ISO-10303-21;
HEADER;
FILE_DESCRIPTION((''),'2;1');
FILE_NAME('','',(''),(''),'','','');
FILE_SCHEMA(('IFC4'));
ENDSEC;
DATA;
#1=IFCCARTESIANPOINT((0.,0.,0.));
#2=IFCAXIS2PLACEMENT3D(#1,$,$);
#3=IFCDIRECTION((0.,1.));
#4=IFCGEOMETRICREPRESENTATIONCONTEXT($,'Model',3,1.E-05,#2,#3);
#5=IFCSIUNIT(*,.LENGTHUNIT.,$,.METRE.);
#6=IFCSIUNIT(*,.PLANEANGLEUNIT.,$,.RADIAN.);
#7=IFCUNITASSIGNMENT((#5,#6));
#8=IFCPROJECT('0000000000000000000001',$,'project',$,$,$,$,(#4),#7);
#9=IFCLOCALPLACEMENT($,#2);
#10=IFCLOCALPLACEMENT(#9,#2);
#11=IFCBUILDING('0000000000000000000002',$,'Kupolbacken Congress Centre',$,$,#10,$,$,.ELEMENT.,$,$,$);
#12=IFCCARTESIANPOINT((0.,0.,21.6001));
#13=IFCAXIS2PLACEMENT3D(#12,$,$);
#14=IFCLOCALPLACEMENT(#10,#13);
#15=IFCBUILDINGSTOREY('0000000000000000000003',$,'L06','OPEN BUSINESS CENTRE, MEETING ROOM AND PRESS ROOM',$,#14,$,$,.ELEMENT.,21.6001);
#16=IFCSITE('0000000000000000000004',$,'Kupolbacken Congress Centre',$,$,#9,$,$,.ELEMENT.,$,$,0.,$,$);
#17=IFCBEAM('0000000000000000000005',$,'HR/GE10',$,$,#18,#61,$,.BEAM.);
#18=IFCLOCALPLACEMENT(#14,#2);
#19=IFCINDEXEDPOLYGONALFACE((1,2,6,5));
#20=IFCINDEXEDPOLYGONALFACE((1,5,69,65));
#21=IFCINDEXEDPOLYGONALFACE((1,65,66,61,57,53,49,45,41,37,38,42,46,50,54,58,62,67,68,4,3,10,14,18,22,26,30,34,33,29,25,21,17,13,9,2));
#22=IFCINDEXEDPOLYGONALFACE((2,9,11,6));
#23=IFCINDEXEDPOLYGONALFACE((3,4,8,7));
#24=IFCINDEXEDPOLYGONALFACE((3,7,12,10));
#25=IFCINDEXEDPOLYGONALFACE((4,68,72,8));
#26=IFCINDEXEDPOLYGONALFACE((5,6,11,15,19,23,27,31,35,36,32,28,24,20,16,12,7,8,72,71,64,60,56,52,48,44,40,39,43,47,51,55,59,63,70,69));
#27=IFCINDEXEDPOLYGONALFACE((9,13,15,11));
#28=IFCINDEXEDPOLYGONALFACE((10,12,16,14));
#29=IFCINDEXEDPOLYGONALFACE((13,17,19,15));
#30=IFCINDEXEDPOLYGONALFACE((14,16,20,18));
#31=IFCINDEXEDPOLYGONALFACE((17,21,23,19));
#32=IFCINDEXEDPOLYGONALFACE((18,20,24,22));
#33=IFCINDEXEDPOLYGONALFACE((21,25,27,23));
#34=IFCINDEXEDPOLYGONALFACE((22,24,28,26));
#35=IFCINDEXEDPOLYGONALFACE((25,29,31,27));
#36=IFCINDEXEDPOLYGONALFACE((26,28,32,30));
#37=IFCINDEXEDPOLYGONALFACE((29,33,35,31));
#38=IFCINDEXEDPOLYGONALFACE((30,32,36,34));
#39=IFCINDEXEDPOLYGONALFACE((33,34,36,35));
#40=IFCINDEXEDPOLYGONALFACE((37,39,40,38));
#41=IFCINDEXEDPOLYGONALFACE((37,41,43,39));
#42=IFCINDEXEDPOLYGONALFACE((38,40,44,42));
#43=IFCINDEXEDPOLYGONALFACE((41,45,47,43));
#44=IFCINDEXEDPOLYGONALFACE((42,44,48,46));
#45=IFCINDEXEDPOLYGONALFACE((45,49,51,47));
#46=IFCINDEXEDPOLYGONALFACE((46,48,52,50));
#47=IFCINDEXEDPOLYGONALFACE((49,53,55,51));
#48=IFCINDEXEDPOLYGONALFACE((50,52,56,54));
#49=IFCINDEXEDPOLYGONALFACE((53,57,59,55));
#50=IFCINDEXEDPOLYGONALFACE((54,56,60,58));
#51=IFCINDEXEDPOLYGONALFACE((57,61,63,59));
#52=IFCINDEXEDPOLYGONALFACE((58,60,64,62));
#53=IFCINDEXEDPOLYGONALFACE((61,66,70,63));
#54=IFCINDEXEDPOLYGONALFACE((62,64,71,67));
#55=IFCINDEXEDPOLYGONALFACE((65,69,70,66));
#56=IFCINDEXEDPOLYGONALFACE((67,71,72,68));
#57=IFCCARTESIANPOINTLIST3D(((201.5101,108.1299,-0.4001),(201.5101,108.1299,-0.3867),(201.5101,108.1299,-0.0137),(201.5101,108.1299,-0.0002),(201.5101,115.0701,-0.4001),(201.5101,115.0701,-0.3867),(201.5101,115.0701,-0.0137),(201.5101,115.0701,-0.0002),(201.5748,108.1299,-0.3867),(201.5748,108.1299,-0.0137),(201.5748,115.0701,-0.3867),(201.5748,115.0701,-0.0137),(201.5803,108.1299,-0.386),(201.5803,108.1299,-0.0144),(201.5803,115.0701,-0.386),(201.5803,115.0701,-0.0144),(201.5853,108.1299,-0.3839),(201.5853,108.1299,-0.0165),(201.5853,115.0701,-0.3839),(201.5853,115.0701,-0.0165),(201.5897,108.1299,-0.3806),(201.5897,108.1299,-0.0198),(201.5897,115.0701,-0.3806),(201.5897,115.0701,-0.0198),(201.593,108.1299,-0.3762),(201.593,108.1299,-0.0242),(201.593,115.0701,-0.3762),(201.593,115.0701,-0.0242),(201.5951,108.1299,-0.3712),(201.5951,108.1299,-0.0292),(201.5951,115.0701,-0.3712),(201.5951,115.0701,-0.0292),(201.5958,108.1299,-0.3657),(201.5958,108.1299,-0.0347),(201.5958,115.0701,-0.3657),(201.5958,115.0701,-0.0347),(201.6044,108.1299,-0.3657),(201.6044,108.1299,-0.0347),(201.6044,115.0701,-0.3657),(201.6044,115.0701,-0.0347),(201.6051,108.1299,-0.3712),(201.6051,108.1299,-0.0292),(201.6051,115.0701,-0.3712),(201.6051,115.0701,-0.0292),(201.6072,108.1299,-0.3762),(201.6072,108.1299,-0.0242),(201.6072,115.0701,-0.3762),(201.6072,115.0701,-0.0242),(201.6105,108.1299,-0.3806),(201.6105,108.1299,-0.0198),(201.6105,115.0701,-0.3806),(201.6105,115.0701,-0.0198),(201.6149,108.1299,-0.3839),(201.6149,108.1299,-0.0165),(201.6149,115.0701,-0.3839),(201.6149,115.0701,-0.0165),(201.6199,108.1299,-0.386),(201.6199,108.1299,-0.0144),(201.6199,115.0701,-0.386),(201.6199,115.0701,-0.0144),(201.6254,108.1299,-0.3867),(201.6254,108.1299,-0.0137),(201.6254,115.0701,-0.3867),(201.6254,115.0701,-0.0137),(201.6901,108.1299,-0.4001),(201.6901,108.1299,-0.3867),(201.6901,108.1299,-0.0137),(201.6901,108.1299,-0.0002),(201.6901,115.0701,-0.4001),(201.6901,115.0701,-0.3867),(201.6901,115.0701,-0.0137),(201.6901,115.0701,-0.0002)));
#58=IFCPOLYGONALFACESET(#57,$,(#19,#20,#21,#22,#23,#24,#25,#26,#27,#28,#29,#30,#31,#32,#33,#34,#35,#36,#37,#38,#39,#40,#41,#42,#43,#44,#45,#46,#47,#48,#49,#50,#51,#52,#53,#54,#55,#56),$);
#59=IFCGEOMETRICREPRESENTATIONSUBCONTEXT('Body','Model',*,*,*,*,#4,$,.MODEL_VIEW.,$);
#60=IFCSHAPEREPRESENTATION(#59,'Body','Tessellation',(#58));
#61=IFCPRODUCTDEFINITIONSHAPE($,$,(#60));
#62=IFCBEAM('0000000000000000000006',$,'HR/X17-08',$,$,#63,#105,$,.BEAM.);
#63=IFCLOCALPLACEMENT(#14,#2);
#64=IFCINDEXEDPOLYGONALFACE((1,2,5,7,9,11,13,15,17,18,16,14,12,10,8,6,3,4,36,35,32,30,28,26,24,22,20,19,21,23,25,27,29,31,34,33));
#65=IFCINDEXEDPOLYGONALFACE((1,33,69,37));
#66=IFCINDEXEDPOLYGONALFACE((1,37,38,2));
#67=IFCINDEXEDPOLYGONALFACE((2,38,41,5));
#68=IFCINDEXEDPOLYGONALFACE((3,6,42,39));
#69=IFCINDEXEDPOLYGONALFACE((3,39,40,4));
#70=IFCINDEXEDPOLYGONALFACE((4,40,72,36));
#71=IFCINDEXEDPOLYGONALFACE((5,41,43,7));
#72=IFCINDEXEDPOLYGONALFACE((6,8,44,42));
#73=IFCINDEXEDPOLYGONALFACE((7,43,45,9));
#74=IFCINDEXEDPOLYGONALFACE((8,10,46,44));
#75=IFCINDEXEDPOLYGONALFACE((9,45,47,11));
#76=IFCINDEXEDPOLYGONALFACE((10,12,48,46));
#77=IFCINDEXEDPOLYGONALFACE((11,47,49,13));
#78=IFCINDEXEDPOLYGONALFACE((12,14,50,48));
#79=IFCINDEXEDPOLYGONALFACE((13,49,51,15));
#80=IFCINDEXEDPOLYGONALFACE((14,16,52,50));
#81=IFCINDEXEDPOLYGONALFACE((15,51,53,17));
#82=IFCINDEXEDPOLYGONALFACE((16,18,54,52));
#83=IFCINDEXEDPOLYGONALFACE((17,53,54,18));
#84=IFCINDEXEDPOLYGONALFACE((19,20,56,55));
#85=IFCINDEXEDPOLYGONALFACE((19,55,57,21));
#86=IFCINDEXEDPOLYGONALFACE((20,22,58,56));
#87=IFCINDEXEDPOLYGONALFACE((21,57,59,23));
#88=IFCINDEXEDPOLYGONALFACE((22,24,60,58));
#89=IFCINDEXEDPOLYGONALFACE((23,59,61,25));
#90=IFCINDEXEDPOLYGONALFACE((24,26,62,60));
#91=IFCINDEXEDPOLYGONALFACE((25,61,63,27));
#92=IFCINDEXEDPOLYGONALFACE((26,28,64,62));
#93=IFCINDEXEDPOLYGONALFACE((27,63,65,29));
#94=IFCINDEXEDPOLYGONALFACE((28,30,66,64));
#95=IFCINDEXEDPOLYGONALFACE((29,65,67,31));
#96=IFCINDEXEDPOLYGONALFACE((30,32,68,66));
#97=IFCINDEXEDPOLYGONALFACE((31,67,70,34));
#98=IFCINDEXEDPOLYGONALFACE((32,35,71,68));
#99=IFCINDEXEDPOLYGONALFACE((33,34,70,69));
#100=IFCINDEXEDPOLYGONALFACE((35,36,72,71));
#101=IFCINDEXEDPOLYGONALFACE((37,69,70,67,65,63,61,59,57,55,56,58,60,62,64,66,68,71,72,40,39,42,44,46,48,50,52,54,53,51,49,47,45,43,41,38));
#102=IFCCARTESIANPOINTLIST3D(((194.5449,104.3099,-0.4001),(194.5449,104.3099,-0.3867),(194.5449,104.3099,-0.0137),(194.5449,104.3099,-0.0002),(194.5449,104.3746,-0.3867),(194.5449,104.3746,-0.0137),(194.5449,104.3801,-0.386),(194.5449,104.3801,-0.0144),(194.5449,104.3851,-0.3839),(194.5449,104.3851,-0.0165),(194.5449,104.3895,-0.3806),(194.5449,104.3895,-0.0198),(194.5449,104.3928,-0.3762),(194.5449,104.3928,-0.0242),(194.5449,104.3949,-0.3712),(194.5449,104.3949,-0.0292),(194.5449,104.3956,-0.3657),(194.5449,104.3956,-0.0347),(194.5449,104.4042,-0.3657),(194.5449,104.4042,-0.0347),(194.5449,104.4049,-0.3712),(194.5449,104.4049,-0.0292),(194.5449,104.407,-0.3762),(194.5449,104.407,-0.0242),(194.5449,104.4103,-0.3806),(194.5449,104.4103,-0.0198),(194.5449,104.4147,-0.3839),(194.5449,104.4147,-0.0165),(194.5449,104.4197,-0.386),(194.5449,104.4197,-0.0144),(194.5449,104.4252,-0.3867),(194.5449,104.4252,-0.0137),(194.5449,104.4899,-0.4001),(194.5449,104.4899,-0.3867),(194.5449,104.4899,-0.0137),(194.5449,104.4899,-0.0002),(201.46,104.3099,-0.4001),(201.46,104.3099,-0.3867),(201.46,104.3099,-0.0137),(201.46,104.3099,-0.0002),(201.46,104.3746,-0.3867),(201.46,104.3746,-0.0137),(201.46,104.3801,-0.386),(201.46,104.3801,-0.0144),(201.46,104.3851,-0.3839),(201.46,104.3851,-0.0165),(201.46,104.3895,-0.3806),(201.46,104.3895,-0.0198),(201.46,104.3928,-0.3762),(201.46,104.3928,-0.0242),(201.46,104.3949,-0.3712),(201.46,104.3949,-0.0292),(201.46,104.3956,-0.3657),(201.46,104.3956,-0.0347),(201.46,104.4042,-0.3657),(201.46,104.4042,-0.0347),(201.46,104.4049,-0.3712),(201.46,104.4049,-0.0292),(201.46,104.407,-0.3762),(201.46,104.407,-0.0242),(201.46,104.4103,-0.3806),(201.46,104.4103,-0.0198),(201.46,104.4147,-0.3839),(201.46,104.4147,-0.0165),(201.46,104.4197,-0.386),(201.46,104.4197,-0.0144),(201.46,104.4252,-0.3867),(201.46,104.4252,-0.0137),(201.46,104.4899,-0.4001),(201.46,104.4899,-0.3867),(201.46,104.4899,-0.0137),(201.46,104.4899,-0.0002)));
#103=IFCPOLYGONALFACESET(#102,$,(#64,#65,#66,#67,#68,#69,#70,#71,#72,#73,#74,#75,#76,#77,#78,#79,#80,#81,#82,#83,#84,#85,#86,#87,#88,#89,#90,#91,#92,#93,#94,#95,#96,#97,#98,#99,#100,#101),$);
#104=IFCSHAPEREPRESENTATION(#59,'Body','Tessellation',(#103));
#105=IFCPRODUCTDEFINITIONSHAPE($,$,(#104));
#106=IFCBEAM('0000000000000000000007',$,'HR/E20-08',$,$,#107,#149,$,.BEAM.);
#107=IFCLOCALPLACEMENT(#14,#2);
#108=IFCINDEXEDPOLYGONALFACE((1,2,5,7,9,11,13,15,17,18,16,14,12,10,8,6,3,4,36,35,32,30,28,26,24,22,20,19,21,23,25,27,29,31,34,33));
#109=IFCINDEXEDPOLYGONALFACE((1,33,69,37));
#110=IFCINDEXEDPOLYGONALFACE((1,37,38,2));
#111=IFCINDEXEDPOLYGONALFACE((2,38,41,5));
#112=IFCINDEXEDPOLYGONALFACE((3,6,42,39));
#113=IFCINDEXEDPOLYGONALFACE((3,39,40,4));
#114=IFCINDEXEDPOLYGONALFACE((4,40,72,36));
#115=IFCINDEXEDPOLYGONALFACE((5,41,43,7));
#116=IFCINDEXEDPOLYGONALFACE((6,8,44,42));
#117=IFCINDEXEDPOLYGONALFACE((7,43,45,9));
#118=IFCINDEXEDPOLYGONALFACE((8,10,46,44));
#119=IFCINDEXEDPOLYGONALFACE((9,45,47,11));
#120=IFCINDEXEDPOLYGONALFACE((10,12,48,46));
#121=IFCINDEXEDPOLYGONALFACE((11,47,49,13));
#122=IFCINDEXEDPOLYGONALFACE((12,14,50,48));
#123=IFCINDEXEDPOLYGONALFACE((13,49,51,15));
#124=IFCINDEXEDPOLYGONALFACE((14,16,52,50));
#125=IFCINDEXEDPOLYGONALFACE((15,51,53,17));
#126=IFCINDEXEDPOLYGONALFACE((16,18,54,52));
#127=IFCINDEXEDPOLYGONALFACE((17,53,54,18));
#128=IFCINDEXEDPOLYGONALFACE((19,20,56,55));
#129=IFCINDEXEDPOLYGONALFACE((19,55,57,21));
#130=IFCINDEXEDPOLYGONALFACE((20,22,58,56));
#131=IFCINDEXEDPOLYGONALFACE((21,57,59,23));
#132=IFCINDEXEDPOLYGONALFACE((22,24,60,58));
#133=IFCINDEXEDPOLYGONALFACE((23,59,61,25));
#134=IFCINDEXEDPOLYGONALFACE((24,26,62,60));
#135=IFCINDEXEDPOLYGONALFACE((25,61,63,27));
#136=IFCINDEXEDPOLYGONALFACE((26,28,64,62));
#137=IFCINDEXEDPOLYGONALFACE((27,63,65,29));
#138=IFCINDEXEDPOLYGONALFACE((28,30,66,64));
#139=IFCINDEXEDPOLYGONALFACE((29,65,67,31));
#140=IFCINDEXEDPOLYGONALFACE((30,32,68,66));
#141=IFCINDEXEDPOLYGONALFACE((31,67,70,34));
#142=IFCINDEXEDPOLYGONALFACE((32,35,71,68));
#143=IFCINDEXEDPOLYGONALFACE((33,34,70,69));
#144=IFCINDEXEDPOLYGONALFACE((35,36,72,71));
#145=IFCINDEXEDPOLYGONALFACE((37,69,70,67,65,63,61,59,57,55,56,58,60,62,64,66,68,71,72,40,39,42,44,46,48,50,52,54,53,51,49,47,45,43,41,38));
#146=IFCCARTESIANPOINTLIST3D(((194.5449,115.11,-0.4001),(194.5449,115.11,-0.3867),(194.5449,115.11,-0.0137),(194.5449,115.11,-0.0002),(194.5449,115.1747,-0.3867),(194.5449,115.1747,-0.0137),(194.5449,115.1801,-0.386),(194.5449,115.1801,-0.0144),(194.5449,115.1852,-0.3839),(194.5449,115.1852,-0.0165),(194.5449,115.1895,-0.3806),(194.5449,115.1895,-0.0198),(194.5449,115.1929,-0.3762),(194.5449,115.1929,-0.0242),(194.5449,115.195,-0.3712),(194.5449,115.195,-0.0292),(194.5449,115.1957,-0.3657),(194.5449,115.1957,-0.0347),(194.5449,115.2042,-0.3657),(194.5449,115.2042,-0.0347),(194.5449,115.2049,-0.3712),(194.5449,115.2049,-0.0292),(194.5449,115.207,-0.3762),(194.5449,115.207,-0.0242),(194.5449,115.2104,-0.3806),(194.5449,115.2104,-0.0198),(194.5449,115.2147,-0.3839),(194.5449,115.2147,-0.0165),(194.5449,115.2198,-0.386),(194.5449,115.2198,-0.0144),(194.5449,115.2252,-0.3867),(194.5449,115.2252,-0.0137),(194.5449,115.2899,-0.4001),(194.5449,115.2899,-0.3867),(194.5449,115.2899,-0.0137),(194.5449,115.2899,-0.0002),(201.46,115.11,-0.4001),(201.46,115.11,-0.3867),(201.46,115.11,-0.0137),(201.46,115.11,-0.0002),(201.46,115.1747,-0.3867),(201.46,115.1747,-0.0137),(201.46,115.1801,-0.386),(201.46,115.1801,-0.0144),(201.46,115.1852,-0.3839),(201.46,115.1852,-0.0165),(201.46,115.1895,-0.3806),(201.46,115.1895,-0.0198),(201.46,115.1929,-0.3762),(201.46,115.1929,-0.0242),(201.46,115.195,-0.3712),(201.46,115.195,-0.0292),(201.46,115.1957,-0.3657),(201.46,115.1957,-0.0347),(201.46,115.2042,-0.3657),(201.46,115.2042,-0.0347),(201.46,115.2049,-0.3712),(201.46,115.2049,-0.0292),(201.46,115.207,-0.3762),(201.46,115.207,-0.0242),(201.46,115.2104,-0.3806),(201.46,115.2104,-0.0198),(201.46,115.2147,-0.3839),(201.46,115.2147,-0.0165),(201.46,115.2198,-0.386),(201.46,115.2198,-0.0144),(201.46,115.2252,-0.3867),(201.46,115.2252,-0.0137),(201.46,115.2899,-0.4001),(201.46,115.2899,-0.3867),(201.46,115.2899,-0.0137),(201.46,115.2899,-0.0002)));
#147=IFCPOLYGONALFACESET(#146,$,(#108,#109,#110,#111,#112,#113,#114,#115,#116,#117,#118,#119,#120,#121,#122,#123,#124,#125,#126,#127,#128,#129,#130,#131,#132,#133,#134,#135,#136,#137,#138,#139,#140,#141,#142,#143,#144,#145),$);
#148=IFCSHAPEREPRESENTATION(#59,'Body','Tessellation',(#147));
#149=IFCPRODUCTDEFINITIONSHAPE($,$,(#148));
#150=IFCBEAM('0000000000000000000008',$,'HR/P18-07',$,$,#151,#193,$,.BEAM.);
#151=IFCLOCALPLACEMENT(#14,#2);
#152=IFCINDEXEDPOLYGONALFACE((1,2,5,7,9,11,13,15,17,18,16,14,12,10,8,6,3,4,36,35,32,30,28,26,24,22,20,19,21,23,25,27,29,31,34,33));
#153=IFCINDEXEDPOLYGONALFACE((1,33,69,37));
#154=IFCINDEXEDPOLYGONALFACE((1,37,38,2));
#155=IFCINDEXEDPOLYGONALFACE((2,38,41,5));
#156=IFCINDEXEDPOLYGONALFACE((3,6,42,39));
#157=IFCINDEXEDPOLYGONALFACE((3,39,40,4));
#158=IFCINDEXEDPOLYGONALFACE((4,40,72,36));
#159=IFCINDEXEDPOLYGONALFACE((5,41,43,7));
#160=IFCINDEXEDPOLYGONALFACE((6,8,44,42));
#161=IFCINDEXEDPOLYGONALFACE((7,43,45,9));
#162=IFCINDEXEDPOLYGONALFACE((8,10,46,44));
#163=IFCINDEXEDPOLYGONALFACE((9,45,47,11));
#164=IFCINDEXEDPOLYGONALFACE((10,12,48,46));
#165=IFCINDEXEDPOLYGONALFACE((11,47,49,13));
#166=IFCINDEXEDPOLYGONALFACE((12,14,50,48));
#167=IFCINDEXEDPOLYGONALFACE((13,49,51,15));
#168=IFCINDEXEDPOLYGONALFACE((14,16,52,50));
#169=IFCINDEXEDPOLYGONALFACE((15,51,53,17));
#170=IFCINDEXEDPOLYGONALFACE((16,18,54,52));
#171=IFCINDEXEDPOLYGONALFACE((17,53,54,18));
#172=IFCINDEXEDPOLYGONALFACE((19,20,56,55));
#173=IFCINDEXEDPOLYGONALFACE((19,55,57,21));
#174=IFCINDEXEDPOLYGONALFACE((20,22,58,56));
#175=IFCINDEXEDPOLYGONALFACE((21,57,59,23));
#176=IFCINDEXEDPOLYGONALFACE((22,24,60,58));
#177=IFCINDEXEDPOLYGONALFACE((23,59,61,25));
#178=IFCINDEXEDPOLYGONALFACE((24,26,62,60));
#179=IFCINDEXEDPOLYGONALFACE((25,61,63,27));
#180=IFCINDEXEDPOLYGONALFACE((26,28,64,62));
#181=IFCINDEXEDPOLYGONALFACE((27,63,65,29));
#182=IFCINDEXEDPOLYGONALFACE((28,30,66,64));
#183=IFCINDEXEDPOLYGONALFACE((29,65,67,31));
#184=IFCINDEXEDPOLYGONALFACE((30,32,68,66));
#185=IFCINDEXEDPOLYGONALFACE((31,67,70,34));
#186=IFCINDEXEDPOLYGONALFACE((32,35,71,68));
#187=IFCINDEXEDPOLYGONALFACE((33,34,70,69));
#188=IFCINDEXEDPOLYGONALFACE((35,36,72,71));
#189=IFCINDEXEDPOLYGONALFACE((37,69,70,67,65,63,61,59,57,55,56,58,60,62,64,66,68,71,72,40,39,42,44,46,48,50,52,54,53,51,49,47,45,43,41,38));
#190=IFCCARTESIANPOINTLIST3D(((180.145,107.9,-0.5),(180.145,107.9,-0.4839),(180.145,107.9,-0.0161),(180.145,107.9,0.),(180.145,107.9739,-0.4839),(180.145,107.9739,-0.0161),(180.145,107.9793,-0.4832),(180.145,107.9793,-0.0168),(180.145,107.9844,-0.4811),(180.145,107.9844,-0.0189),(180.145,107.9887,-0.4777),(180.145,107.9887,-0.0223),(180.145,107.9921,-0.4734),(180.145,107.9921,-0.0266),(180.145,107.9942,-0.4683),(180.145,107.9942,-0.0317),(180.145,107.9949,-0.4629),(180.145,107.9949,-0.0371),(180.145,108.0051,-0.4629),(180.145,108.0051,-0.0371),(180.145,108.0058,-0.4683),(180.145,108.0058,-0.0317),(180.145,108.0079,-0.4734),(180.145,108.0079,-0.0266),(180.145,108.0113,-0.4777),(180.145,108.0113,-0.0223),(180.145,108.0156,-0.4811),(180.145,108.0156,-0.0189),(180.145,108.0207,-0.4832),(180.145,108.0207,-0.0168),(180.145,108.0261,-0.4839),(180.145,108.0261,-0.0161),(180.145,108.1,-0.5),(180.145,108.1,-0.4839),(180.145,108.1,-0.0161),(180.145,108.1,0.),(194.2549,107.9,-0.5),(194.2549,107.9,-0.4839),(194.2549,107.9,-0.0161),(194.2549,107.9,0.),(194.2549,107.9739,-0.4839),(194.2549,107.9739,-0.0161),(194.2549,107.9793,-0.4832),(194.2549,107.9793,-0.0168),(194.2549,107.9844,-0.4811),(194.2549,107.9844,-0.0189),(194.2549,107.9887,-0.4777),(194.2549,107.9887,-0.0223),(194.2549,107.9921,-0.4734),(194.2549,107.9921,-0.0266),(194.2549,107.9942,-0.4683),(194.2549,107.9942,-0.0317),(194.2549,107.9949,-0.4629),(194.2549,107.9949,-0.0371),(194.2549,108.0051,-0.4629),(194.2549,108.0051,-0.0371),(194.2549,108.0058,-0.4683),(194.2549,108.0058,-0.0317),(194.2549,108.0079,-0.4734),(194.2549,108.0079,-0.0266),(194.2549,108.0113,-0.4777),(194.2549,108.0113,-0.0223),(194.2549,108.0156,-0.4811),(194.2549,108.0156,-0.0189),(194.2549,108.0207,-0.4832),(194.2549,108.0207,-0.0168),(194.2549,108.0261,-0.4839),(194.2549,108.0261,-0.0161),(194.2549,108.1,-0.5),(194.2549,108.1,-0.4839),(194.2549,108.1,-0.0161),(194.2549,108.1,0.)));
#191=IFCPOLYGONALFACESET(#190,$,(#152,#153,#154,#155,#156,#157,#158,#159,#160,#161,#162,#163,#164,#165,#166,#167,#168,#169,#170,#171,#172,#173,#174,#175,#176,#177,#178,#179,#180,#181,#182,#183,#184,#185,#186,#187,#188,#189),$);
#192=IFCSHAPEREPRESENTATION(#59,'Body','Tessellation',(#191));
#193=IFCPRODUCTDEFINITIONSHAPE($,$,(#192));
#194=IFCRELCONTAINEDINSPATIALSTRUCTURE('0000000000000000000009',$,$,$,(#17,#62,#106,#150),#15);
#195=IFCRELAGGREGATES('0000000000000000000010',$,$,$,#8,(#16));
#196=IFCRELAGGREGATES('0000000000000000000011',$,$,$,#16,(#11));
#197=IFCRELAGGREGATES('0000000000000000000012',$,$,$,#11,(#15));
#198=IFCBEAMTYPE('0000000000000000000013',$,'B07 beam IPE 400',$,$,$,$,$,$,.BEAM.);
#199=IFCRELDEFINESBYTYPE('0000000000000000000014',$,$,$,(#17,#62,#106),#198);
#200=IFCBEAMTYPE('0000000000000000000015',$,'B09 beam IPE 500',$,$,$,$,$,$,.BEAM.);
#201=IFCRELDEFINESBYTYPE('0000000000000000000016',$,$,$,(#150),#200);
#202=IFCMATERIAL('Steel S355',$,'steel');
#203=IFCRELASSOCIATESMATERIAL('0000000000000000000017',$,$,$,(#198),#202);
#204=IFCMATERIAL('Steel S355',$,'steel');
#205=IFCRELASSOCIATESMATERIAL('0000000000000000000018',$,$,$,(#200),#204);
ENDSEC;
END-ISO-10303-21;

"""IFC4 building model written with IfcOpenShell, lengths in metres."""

from ifc_helpers import new_model, si_unit, direction, frame, origin, origin_2d, place, context, subcontext, project, spatial, i_section, extrude, material, material_profile, profile_set, type_object, element, save


model = new_model("IFC4")

# Units and contexts
model_context = context("Model", 3, precision=1e-05, world=origin(), true_north=direction((0.0, 1.0)))
body_context = subcontext(model_context, "Body", "Model", "MODEL_VIEW")
ifc_project = project(units=[si_unit("LENGTHUNIT", "METRE"), si_unit("PLANEANGLEUNIT", "RADIAN")], contexts=[model_context])

# Site, building, storey
site_placement = place(None, origin())
site = spatial("IfcSite", under=ifc_project, at=site_placement, Name="Kupolbacken Congress Centre", CompositionType="ELEMENT", RefElevation=0.0)
building_placement = place(site_placement, origin())
building = spatial("IfcBuilding", under=site, at=building_placement, Name="Kupolbacken Congress Centre", CompositionType="ELEMENT")
storey_placement = place(building_placement, frame((0.0, 0.0, 21.6001)))
storey = spatial("IfcBuildingStorey", under=building, at=storey_placement, Name="L06", Description="OPEN BUSINESS CENTRE, MEETING ROOM AND PRESS ROOM", CompositionType="ELEMENT", Elevation=21.6001)

# Beams
ifc_material_1 = material(Name="Steel S355", Category="steel")
ifc_material_profile_1 = material_profile(ifc_material_1, i_section(OverallWidth=0.1799, OverallDepth=0.3999, WebThickness=0.0085, FlangeThickness=0.0134, FilletRadius=0.021, at=origin_2d()), Name="IPE 400")
ifc_profile_set_1 = profile_set([ifc_material_profile_1], Name="Steel S355")
beam_type_1 = type_object("IfcBeamType", Name="B07 beam IPE 400", PredefinedType="BEAM", material=ifc_profile_set_1)
beam_1_placement = place(storey_placement, frame((201.6001, 108.1299, -0.2002), z_axis=(0.0, 1.0, 0.0), x_axis=(-1.0, 0.0, 0.0)))
element("IfcBeam", 1, at=beam_1_placement, inside=storey, type_object=beam_type_1, Name="HR/GE10", PredefinedType="BEAM", context=body_context, shape_type="SweptSolid", body=[
    extrude(i_section(OverallWidth=0.1799, OverallDepth=0.3999, WebThickness=0.0085, FlangeThickness=0.0134, FilletRadius=0.021, at=origin_2d()), origin(), (0.0, 0.0, 1.0), 6.9402),
])
for number, where, z_axis, x_axis, name in (
    (2, (194.5449, 104.3999, -0.2002), (1.0, 0.0, 0.0), (0.0, 1.0, 0.0), "HR/X17-08"),
    (3, (194.5449, 115.2, -0.2002), (1.0, 0.0, 0.0), (0.0, 1.0, 0.0), "HR/E20-08"),
):
    element("IfcBeam", number, at=place(storey_placement, frame(where, z_axis=z_axis, x_axis=x_axis)), inside=storey, type_object=beam_type_1, Name=name, PredefinedType="BEAM", context=body_context, shape_type="SweptSolid", body=[
        extrude(i_section(OverallWidth=0.1799, OverallDepth=0.3999, WebThickness=0.0085, FlangeThickness=0.0134, FilletRadius=0.021, at=origin_2d()), origin(), (0.0, 0.0, 1.0), 6.915),
    ])
ifc_material_2 = material(Name="Steel S355", Category="steel")
ifc_material_profile_2 = material_profile(ifc_material_2, i_section(OverallWidth=0.2, OverallDepth=0.5, WebThickness=0.0103, FlangeThickness=0.0161, FilletRadius=0.021, at=origin_2d()), Name="IPE 500")
ifc_profile_set_2 = profile_set([ifc_material_profile_2], Name="Steel S355")
beam_type_2 = type_object("IfcBeamType", Name="B09 beam IPE 500", PredefinedType="BEAM", material=ifc_profile_set_2)
for number, where, z_axis, x_axis, name in (
    (4, (180.145, 108.0, -0.25), (1.0, 0.0, 0.0), (0.0, 1.0, 0.0), "HR/P18-07"),
):
    element("IfcBeam", number, at=place(storey_placement, frame(where, z_axis=z_axis, x_axis=x_axis)), inside=storey, type_object=beam_type_2, Name=name, PredefinedType="BEAM", context=body_context, shape_type="SweptSolid", body=[
        extrude(i_section(OverallWidth=0.2, OverallDepth=0.5, WebThickness=0.0103, FlangeThickness=0.0161, FilletRadius=0.021, at=origin_2d()), origin(), (0.0, 0.0, 1.0), 14.1099),
    ])

save(model, "model.ifc")
